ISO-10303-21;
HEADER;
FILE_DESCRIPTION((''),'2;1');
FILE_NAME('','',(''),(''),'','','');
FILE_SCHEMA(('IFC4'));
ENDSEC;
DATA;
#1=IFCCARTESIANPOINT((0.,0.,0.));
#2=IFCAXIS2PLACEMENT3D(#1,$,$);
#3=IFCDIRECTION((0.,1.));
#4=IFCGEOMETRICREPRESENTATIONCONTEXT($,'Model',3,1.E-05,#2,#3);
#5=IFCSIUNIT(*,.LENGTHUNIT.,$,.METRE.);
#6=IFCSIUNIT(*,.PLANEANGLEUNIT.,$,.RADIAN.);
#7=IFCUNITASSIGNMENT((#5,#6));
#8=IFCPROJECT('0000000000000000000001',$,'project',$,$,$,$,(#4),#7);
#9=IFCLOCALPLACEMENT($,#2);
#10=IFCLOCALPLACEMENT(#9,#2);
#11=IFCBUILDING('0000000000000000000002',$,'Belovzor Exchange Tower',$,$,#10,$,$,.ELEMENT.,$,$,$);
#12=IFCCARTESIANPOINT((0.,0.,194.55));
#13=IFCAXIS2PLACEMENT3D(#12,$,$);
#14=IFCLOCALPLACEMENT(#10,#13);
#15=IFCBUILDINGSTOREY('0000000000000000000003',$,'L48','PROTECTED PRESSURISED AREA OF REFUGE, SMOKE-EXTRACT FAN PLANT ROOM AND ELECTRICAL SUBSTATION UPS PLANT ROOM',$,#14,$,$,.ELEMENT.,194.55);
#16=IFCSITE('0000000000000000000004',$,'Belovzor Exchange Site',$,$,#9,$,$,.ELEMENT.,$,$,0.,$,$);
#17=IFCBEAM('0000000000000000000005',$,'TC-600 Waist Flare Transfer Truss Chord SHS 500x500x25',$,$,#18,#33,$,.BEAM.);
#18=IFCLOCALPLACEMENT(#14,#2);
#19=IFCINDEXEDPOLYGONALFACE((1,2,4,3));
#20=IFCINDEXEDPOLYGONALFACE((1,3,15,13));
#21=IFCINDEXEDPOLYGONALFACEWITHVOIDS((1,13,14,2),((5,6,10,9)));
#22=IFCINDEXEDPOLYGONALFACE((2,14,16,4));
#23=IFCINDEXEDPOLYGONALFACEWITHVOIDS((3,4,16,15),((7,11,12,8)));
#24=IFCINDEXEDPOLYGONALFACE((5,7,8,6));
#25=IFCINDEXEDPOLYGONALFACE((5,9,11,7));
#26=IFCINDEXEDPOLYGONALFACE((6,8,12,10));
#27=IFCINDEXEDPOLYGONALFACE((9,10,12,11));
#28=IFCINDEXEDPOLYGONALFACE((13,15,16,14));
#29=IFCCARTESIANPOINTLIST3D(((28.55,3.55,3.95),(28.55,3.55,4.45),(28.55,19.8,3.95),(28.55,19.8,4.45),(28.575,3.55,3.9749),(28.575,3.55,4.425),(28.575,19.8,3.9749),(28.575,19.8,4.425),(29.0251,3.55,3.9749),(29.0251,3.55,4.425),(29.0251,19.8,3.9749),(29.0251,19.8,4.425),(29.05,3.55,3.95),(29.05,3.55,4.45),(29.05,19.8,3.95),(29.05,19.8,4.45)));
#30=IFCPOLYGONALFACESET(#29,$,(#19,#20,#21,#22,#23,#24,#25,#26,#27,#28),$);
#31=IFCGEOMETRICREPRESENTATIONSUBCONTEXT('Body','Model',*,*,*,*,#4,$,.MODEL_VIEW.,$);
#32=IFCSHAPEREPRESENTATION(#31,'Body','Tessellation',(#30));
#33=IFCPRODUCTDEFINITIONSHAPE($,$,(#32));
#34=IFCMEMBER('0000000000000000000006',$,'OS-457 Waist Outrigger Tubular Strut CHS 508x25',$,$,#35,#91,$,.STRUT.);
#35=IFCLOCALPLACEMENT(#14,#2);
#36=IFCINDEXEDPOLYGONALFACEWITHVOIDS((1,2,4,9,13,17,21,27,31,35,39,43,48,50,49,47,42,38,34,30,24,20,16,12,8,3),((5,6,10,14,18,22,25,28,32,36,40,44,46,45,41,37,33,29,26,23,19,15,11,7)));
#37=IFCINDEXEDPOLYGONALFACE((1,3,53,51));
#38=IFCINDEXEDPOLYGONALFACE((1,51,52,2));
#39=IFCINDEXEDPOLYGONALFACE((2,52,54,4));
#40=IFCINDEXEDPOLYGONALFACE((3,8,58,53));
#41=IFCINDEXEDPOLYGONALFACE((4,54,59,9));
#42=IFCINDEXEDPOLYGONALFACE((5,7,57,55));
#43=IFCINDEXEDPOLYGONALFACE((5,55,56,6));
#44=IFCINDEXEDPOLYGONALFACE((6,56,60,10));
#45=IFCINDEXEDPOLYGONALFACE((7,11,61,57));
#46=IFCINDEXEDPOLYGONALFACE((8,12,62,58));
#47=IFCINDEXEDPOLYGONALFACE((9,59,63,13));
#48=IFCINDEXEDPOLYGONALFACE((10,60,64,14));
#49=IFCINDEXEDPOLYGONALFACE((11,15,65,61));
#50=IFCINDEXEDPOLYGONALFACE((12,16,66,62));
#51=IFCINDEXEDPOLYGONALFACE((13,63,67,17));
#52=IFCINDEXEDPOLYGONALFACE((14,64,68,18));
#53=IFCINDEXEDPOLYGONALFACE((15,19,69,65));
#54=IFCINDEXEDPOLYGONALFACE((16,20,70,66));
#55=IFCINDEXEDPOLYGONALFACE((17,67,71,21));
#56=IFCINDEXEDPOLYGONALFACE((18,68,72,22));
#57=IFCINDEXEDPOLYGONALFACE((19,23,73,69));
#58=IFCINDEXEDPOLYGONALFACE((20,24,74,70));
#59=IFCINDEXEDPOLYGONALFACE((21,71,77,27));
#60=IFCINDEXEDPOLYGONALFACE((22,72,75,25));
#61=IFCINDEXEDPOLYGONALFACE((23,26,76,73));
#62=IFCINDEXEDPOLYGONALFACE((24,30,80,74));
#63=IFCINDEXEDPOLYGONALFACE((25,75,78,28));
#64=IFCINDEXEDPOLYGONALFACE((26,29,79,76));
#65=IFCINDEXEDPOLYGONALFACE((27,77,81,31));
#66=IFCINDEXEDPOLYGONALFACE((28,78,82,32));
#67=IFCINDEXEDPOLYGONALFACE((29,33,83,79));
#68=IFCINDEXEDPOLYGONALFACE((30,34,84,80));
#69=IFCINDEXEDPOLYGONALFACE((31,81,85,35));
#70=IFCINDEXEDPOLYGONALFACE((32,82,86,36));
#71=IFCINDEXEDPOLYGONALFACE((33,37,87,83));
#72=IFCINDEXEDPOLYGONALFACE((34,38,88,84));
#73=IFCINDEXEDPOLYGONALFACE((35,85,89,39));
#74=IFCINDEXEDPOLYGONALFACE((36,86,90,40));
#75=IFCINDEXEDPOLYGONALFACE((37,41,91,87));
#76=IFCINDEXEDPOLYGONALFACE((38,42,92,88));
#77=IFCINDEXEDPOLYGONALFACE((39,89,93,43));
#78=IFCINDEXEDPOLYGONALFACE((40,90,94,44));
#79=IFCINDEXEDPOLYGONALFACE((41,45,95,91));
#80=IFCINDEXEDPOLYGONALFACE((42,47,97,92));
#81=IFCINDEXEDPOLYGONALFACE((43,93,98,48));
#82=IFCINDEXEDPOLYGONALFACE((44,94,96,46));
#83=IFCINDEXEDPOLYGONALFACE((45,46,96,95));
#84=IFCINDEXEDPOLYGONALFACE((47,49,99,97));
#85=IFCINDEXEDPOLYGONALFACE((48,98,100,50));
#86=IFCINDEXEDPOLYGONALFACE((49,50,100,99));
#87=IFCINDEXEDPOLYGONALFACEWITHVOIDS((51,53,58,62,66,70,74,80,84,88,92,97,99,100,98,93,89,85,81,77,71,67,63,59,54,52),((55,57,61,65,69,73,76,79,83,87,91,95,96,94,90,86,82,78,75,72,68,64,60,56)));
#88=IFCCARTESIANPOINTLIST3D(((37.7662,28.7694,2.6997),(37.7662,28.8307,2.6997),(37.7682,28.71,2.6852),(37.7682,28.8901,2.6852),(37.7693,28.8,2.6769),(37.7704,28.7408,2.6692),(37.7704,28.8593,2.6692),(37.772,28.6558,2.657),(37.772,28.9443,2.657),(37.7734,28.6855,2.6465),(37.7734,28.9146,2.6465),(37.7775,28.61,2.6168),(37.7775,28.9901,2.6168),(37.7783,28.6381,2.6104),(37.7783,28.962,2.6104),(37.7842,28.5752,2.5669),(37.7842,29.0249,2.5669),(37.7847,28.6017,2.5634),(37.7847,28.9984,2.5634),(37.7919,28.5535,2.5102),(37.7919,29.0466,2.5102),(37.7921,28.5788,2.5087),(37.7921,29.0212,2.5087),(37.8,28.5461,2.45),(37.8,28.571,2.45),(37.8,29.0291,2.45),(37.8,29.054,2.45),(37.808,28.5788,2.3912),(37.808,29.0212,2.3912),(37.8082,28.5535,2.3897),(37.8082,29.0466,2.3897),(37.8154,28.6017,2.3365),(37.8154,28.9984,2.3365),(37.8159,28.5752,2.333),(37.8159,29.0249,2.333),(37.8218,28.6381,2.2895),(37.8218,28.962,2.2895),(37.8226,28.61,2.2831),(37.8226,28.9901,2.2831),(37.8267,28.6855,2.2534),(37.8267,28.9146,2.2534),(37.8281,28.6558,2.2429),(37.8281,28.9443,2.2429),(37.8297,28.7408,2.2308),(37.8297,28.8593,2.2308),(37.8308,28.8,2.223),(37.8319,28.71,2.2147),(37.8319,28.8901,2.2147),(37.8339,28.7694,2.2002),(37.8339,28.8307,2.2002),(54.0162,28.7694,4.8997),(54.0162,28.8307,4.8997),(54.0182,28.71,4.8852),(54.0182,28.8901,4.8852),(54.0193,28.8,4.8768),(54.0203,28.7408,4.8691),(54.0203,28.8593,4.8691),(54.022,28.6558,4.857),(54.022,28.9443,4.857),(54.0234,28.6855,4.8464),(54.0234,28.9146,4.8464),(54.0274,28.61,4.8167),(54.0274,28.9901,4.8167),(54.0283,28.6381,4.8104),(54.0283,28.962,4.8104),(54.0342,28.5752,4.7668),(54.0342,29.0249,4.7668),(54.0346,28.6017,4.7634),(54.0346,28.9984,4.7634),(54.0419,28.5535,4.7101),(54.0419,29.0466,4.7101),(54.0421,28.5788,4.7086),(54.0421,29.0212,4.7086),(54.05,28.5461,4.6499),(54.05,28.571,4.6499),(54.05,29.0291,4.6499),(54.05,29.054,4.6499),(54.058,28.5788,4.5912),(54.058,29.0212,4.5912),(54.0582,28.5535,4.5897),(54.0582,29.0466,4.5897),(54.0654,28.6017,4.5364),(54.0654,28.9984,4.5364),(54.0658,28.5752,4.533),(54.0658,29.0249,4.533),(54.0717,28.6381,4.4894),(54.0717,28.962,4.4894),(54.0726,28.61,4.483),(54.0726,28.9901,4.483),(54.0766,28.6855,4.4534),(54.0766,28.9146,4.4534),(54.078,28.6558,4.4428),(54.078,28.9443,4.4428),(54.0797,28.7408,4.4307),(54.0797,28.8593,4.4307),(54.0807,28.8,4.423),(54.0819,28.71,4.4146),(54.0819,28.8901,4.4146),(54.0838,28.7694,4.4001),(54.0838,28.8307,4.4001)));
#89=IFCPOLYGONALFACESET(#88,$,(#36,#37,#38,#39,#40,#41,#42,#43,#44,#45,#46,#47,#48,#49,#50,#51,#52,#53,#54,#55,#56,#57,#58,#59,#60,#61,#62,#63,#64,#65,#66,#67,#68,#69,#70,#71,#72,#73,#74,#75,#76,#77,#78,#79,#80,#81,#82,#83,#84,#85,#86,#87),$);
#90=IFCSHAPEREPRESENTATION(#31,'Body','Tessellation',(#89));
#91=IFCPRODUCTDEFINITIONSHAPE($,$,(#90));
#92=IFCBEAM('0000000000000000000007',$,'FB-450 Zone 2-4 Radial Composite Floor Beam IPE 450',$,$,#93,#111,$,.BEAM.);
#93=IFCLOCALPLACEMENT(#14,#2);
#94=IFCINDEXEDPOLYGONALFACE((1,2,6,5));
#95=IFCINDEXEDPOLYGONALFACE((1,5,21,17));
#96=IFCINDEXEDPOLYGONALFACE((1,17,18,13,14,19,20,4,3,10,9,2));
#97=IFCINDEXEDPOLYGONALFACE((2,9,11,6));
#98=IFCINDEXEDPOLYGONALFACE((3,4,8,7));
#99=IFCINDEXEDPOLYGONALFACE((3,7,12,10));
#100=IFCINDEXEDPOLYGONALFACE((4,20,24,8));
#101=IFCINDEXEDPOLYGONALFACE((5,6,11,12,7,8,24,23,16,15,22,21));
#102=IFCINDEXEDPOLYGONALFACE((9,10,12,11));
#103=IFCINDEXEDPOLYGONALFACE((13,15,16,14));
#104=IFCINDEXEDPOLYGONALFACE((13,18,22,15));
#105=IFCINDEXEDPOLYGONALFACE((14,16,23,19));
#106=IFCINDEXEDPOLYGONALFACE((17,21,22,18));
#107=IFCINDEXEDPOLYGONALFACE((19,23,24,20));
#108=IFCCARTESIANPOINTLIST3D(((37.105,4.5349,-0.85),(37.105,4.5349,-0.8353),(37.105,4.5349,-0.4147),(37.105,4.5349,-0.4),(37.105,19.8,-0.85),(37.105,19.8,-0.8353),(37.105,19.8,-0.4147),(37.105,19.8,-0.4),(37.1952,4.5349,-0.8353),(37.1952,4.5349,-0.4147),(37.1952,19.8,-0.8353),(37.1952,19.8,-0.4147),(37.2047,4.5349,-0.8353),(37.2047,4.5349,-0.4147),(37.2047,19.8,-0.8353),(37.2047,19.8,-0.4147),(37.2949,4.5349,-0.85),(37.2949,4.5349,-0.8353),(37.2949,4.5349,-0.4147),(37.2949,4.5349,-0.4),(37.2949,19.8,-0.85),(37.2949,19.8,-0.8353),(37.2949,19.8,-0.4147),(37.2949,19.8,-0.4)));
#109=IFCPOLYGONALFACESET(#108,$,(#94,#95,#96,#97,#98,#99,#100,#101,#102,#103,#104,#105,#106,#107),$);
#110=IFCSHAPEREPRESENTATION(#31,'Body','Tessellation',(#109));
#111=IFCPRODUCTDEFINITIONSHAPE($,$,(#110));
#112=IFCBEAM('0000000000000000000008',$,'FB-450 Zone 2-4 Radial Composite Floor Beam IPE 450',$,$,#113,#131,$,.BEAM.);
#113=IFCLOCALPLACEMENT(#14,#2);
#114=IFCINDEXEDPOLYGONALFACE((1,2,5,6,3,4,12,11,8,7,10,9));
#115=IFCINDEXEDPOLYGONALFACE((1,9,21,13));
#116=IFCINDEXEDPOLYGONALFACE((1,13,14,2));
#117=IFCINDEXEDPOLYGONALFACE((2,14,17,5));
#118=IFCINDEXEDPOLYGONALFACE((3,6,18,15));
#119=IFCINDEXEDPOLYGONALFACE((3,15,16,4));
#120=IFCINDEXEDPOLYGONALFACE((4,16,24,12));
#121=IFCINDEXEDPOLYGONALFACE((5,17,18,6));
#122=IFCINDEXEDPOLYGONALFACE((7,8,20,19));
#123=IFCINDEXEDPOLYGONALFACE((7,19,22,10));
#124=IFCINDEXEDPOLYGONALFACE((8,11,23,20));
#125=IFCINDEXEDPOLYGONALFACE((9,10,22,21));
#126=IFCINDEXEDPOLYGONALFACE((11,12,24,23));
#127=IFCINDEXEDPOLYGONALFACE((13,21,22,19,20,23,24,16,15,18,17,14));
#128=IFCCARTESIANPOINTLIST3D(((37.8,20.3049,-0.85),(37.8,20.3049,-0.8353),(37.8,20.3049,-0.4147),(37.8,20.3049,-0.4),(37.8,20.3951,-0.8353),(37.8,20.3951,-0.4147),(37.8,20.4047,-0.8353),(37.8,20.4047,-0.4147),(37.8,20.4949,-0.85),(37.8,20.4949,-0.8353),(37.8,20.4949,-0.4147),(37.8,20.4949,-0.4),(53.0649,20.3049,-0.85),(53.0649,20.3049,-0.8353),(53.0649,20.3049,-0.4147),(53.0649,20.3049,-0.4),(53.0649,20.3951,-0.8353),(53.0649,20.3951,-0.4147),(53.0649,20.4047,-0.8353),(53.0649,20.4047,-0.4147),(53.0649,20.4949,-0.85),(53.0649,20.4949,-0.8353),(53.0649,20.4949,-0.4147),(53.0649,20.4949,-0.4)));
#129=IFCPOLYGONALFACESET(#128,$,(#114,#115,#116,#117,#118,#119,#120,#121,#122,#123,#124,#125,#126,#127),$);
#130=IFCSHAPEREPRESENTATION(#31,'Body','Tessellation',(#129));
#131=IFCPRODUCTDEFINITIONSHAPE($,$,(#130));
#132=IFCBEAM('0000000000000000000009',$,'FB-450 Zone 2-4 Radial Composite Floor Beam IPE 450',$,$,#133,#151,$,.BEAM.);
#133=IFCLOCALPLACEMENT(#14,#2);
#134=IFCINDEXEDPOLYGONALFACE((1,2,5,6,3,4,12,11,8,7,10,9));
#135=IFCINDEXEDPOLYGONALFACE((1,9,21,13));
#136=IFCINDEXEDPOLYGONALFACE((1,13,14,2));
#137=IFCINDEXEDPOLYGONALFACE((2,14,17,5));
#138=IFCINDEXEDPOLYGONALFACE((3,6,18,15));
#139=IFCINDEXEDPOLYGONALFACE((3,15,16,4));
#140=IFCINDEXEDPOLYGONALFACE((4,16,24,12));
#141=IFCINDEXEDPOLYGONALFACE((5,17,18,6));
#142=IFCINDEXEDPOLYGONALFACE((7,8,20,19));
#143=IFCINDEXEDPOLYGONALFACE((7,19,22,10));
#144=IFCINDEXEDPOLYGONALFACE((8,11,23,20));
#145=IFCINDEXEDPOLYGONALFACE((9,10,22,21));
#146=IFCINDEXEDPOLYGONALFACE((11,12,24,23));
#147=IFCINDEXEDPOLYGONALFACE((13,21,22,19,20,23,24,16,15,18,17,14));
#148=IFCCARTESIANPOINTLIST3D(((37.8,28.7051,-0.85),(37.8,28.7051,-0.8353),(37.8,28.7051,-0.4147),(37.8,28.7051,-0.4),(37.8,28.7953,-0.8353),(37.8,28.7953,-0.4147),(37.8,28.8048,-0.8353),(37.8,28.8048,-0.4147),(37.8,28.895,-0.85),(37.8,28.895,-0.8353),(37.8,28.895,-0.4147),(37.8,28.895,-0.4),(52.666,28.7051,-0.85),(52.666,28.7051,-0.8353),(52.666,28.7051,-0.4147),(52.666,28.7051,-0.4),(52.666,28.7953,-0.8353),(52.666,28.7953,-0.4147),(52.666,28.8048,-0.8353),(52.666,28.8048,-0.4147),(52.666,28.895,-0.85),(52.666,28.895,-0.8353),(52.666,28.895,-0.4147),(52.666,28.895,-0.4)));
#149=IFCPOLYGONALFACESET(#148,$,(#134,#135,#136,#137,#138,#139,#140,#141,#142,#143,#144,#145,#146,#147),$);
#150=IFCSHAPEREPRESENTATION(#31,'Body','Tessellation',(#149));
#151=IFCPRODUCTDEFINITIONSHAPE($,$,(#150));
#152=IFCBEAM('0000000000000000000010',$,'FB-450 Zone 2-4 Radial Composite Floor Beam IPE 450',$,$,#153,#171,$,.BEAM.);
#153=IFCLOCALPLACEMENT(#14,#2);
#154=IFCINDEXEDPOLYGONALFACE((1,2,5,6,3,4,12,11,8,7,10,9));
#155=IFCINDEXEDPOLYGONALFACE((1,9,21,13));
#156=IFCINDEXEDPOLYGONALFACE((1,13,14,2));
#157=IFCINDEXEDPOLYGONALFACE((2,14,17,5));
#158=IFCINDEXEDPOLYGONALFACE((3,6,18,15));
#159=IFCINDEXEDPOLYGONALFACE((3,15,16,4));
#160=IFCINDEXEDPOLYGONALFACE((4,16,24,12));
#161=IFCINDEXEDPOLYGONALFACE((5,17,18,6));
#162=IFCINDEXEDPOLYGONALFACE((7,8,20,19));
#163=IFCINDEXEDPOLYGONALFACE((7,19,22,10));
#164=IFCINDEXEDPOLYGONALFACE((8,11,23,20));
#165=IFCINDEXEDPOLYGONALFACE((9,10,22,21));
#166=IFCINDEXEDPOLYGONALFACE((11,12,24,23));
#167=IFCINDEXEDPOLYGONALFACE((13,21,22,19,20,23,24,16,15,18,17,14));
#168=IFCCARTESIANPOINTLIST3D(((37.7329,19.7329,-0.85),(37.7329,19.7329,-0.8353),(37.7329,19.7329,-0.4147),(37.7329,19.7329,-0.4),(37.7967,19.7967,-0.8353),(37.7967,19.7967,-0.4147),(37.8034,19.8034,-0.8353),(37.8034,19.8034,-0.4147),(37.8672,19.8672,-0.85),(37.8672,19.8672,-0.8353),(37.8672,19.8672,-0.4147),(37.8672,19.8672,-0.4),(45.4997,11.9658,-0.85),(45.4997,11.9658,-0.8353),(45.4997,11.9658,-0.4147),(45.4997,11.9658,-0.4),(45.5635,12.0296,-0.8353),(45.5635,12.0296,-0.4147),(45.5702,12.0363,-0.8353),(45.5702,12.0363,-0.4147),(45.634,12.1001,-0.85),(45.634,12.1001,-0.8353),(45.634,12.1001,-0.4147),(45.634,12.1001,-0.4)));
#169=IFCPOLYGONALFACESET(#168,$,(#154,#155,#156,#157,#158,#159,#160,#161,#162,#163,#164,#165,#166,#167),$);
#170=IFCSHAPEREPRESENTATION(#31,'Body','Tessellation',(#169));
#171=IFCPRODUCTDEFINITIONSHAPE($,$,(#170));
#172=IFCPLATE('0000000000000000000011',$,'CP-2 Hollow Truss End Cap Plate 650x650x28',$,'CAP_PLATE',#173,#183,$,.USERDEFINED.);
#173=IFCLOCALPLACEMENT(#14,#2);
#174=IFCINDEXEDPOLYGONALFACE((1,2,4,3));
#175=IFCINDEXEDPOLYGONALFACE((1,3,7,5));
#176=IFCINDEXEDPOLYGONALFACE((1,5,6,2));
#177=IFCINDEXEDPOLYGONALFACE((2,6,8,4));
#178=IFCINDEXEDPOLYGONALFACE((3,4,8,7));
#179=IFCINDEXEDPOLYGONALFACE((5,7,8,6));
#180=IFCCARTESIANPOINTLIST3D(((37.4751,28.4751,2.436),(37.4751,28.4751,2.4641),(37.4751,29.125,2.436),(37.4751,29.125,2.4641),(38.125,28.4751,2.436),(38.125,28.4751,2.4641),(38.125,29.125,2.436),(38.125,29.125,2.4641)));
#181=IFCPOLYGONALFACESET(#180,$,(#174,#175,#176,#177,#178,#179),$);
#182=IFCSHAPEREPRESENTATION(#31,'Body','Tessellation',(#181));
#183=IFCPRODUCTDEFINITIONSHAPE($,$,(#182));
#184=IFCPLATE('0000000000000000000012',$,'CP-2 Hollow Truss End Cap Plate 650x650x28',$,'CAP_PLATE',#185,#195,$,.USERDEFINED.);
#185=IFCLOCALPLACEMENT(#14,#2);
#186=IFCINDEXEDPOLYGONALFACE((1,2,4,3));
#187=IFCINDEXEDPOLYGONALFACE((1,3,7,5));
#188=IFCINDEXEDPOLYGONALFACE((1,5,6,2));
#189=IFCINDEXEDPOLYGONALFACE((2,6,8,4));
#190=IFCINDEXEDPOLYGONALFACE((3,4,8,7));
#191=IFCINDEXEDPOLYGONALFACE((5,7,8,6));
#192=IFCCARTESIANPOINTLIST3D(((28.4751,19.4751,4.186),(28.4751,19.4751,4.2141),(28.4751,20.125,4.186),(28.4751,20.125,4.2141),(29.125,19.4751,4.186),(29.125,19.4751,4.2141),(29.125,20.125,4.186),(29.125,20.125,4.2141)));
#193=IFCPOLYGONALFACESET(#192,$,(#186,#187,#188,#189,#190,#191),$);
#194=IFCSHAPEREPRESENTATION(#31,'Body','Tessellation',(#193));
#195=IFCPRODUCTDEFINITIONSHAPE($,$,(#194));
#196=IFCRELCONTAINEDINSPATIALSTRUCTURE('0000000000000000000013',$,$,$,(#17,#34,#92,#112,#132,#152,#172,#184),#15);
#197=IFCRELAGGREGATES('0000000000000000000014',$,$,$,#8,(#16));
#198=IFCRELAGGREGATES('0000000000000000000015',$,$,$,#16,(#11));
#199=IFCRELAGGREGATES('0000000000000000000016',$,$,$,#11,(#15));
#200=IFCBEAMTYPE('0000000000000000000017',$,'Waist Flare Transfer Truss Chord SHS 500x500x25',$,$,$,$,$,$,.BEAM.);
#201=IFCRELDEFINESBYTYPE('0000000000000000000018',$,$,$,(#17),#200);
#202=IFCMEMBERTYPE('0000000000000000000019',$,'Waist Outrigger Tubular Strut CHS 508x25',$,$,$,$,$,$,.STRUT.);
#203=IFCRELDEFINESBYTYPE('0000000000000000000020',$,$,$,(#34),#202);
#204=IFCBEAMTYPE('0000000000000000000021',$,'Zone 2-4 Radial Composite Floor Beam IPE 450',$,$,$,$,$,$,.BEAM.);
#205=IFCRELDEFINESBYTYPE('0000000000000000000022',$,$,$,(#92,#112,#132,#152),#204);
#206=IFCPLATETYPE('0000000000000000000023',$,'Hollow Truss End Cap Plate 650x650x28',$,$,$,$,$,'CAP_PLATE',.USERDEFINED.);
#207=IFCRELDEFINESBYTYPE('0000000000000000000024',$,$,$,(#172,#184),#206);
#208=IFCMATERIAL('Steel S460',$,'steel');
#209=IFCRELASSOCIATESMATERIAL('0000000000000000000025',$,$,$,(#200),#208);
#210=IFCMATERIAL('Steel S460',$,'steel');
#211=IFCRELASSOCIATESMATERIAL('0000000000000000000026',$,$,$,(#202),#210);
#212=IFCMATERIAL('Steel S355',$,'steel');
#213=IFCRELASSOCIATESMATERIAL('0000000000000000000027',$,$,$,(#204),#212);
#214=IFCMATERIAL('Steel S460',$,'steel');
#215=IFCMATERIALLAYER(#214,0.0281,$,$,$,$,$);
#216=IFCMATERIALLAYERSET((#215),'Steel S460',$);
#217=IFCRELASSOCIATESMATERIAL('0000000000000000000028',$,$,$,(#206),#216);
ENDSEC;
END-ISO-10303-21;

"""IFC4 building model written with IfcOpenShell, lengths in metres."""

from ifc_helpers import new_model, si_unit, direction, frame, origin, origin_2d, place, context, subcontext, project, spatial, rectangle, hollow_rectangle, hollow_circle, i_section, extrude, material, layer, layer_set, material_profile, profile_set, type_object, element, save


model = new_model("IFC4")

# Units and contexts
model_context = context("Model", 3, precision=1e-05, world=origin(), true_north=direction((0.0, 1.0)))
body_context = subcontext(model_context, "Body", "Model", "MODEL_VIEW")
ifc_project = project(units=[si_unit("LENGTHUNIT", "METRE"), si_unit("PLANEANGLEUNIT", "RADIAN")], contexts=[model_context])

# Site, building, storey
site_placement = place(None, origin())
site = spatial("IfcSite", under=ifc_project, at=site_placement, Name="Belovzor Exchange Site", CompositionType="ELEMENT", RefElevation=0.0)
building_placement = place(site_placement, origin())
building = spatial("IfcBuilding", under=site, at=building_placement, Name="Belovzor Exchange Tower", CompositionType="ELEMENT")
storey_placement = place(building_placement, frame((0.0, 0.0, 194.55)))
storey = spatial("IfcBuildingStorey", under=building, at=storey_placement, Name="L48", Description="PROTECTED PRESSURISED AREA OF REFUGE, SMOKE-EXTRACT FAN PLANT ROOM AND ELECTRICAL SUBSTATION UPS PLANT ROOM", CompositionType="ELEMENT", Elevation=194.55)

# Beam
ifc_material_1 = material(Name="Steel S460", Category="steel")
ifc_material_profile_1 = material_profile(ifc_material_1, hollow_rectangle(XDim=0.5, YDim=0.5, WallThickness=0.0249, at=origin_2d()))
ifc_profile_set_1 = profile_set([ifc_material_profile_1], Name="Steel S460")
beam_type_1 = type_object("IfcBeamType", Name="Waist Flare Transfer Truss Chord SHS 500x500x25", PredefinedType="BEAM", material=ifc_profile_set_1)
beam_1_placement = place(storey_placement, frame((28.8, 19.8, 4.2), z_axis=(0.0, -1.0, 0.0), x_axis=(1.0, 0.0, 0.0)))
element("IfcBeam", 1, at=beam_1_placement, inside=storey, type_object=beam_type_1, Name="TC-600 Waist Flare Transfer Truss Chord SHS 500x500x25", PredefinedType="BEAM", context=body_context, shape_type="SweptSolid", body=[
    extrude(hollow_rectangle(XDim=0.5, YDim=0.5, WallThickness=0.0249, at=origin_2d()), origin(), (0.0, 0.0, 1.0), 16.25),
])

# Member
ifc_material_2 = material(Name="Steel S460", Category="steel")
ifc_material_profile_2 = material_profile(ifc_material_2, hollow_circle(Radius=0.2539, WallThickness=0.0249, at=origin_2d()))
ifc_profile_set_2 = profile_set([ifc_material_profile_2], Name="Steel S460")
member_type = type_object("IfcMemberType", Name="Waist Outrigger Tubular Strut CHS 508x25", PredefinedType="STRUT", material=ifc_profile_set_2)
member_placement = place(storey_placement, frame((37.8, 28.8, 2.45), z_axis=(0.99096, 0.0, 0.134158), x_axis=(0.0, 1.0, 0.0)))
element("IfcMember", 2, at=member_placement, inside=storey, type_object=member_type, Name="OS-457 Waist Outrigger Tubular Strut CHS 508x25", PredefinedType="STRUT", context=body_context, shape_type="SweptSolid", body=[
    extrude(hollow_circle(Radius=0.2539, WallThickness=0.0249, at=origin_2d()), origin(), (0.0, 0.0, 1.0), 16.3982),
])

# Beams
ifc_material_3 = material(Name="Steel S355", Category="steel")
ifc_material_profile_3 = material_profile(ifc_material_3, i_section(OverallWidth=0.1899, OverallDepth=0.45, WebThickness=0.0095, FlangeThickness=0.0146, at=origin_2d()))
ifc_profile_set_3 = profile_set([ifc_material_profile_3], Name="Steel S355")
beam_type_2 = type_object("IfcBeamType", Name="Zone 2-4 Radial Composite Floor Beam IPE 450", PredefinedType="BEAM", material=ifc_profile_set_3)
beam_2_placement = place(storey_placement, frame((37.2, 19.8, -0.625), z_axis=(0.0, -1.0, 0.0), x_axis=(1.0, 0.0, 0.0)))
element("IfcBeam", 3, at=beam_2_placement, inside=storey, type_object=beam_type_2, Name="FB-450 Zone 2-4 Radial Composite Floor Beam IPE 450", PredefinedType="BEAM", context=body_context, shape_type="SweptSolid", body=[
    extrude(i_section(OverallWidth=0.1899, OverallDepth=0.45, WebThickness=0.0095, FlangeThickness=0.0146, at=origin_2d()), origin(), (0.0, 0.0, 1.0), 15.2651),
])
beam_3_placement = place(storey_placement, frame((37.8, 20.3999, -0.625), z_axis=(1.0, 0.0, 0.0), x_axis=(0.0, 1.0, 0.0)))
element("IfcBeam", 4, at=beam_3_placement, inside=storey, type_object=beam_type_2, Name="FB-450 Zone 2-4 Radial Composite Floor Beam IPE 450", PredefinedType="BEAM", context=body_context, shape_type="SweptSolid", body=[
    extrude(i_section(OverallWidth=0.1899, OverallDepth=0.45, WebThickness=0.0095, FlangeThickness=0.0146, at=origin_2d()), origin(), (0.0, 0.0, 1.0), 15.2649),
])
beam_4_placement = place(storey_placement, frame((37.8, 28.8, -0.625), z_axis=(1.0, 0.0, 0.0), x_axis=(0.0, 1.0, 0.0)))
element("IfcBeam", 5, at=beam_4_placement, inside=storey, type_object=beam_type_2, Name="FB-450 Zone 2-4 Radial Composite Floor Beam IPE 450", PredefinedType="BEAM", context=body_context, shape_type="SweptSolid", body=[
    extrude(i_section(OverallWidth=0.1899, OverallDepth=0.45, WebThickness=0.0095, FlangeThickness=0.0146, at=origin_2d()), origin(), (0.0, 0.0, 1.0), 14.866),
])
beam_5_placement = place(storey_placement, frame((37.8, 19.8, -0.625), z_axis=(0.707096, -0.707118, 0.0), x_axis=(0.707118, 0.707096, 0.0)))
element("IfcBeam", 6, at=beam_5_placement, inside=storey, type_object=beam_type_2, Name="FB-450 Zone 2-4 Radial Composite Floor Beam IPE 450", PredefinedType="BEAM", context=body_context, shape_type="SweptSolid", body=[
    extrude(i_section(OverallWidth=0.1899, OverallDepth=0.45, WebThickness=0.0095, FlangeThickness=0.0146, at=origin_2d()), origin(), (0.0, 0.0, 1.0), 10.9841),
])

# Plates
ifc_material_4 = material(Name="Steel S460", Category="steel")
ifc_layer_1 = layer(ifc_material_4, 0.0281)
ifc_layer_set_1 = layer_set([ifc_layer_1], Name="Steel S460")
plate_type = type_object("IfcPlateType", Name="Hollow Truss End Cap Plate 650x650x28", ElementType="CAP_PLATE", PredefinedType="USERDEFINED", material=ifc_layer_set_1)
for number, where, z_axis, x_axis, name in (
    (7, (37.8, 28.8, 2.436), (0.0, 0.0, 1.0), (1.0, 0.0, 0.0), "CP-2 Hollow Truss End Cap Plate 650x650x28"),
    (8, (28.8, 19.8, 4.186), (0.0, 0.0, 1.0), (0.0, 1.0, 0.0), "CP-2 Hollow Truss End Cap Plate 650x650x28"),
):
    element("IfcPlate", number, at=place(storey_placement, frame(where, z_axis=z_axis, x_axis=x_axis)), inside=storey, type_object=plate_type, Name=name, ObjectType="CAP_PLATE", PredefinedType="USERDEFINED", context=body_context, shape_type="SweptSolid", body=[
        extrude(rectangle(XDim=0.6499, YDim=0.6499, at=origin_2d()), origin(), (0.0, 0.0, 1.0), 0.0281),
    ])

save(model, "model.ifc")
